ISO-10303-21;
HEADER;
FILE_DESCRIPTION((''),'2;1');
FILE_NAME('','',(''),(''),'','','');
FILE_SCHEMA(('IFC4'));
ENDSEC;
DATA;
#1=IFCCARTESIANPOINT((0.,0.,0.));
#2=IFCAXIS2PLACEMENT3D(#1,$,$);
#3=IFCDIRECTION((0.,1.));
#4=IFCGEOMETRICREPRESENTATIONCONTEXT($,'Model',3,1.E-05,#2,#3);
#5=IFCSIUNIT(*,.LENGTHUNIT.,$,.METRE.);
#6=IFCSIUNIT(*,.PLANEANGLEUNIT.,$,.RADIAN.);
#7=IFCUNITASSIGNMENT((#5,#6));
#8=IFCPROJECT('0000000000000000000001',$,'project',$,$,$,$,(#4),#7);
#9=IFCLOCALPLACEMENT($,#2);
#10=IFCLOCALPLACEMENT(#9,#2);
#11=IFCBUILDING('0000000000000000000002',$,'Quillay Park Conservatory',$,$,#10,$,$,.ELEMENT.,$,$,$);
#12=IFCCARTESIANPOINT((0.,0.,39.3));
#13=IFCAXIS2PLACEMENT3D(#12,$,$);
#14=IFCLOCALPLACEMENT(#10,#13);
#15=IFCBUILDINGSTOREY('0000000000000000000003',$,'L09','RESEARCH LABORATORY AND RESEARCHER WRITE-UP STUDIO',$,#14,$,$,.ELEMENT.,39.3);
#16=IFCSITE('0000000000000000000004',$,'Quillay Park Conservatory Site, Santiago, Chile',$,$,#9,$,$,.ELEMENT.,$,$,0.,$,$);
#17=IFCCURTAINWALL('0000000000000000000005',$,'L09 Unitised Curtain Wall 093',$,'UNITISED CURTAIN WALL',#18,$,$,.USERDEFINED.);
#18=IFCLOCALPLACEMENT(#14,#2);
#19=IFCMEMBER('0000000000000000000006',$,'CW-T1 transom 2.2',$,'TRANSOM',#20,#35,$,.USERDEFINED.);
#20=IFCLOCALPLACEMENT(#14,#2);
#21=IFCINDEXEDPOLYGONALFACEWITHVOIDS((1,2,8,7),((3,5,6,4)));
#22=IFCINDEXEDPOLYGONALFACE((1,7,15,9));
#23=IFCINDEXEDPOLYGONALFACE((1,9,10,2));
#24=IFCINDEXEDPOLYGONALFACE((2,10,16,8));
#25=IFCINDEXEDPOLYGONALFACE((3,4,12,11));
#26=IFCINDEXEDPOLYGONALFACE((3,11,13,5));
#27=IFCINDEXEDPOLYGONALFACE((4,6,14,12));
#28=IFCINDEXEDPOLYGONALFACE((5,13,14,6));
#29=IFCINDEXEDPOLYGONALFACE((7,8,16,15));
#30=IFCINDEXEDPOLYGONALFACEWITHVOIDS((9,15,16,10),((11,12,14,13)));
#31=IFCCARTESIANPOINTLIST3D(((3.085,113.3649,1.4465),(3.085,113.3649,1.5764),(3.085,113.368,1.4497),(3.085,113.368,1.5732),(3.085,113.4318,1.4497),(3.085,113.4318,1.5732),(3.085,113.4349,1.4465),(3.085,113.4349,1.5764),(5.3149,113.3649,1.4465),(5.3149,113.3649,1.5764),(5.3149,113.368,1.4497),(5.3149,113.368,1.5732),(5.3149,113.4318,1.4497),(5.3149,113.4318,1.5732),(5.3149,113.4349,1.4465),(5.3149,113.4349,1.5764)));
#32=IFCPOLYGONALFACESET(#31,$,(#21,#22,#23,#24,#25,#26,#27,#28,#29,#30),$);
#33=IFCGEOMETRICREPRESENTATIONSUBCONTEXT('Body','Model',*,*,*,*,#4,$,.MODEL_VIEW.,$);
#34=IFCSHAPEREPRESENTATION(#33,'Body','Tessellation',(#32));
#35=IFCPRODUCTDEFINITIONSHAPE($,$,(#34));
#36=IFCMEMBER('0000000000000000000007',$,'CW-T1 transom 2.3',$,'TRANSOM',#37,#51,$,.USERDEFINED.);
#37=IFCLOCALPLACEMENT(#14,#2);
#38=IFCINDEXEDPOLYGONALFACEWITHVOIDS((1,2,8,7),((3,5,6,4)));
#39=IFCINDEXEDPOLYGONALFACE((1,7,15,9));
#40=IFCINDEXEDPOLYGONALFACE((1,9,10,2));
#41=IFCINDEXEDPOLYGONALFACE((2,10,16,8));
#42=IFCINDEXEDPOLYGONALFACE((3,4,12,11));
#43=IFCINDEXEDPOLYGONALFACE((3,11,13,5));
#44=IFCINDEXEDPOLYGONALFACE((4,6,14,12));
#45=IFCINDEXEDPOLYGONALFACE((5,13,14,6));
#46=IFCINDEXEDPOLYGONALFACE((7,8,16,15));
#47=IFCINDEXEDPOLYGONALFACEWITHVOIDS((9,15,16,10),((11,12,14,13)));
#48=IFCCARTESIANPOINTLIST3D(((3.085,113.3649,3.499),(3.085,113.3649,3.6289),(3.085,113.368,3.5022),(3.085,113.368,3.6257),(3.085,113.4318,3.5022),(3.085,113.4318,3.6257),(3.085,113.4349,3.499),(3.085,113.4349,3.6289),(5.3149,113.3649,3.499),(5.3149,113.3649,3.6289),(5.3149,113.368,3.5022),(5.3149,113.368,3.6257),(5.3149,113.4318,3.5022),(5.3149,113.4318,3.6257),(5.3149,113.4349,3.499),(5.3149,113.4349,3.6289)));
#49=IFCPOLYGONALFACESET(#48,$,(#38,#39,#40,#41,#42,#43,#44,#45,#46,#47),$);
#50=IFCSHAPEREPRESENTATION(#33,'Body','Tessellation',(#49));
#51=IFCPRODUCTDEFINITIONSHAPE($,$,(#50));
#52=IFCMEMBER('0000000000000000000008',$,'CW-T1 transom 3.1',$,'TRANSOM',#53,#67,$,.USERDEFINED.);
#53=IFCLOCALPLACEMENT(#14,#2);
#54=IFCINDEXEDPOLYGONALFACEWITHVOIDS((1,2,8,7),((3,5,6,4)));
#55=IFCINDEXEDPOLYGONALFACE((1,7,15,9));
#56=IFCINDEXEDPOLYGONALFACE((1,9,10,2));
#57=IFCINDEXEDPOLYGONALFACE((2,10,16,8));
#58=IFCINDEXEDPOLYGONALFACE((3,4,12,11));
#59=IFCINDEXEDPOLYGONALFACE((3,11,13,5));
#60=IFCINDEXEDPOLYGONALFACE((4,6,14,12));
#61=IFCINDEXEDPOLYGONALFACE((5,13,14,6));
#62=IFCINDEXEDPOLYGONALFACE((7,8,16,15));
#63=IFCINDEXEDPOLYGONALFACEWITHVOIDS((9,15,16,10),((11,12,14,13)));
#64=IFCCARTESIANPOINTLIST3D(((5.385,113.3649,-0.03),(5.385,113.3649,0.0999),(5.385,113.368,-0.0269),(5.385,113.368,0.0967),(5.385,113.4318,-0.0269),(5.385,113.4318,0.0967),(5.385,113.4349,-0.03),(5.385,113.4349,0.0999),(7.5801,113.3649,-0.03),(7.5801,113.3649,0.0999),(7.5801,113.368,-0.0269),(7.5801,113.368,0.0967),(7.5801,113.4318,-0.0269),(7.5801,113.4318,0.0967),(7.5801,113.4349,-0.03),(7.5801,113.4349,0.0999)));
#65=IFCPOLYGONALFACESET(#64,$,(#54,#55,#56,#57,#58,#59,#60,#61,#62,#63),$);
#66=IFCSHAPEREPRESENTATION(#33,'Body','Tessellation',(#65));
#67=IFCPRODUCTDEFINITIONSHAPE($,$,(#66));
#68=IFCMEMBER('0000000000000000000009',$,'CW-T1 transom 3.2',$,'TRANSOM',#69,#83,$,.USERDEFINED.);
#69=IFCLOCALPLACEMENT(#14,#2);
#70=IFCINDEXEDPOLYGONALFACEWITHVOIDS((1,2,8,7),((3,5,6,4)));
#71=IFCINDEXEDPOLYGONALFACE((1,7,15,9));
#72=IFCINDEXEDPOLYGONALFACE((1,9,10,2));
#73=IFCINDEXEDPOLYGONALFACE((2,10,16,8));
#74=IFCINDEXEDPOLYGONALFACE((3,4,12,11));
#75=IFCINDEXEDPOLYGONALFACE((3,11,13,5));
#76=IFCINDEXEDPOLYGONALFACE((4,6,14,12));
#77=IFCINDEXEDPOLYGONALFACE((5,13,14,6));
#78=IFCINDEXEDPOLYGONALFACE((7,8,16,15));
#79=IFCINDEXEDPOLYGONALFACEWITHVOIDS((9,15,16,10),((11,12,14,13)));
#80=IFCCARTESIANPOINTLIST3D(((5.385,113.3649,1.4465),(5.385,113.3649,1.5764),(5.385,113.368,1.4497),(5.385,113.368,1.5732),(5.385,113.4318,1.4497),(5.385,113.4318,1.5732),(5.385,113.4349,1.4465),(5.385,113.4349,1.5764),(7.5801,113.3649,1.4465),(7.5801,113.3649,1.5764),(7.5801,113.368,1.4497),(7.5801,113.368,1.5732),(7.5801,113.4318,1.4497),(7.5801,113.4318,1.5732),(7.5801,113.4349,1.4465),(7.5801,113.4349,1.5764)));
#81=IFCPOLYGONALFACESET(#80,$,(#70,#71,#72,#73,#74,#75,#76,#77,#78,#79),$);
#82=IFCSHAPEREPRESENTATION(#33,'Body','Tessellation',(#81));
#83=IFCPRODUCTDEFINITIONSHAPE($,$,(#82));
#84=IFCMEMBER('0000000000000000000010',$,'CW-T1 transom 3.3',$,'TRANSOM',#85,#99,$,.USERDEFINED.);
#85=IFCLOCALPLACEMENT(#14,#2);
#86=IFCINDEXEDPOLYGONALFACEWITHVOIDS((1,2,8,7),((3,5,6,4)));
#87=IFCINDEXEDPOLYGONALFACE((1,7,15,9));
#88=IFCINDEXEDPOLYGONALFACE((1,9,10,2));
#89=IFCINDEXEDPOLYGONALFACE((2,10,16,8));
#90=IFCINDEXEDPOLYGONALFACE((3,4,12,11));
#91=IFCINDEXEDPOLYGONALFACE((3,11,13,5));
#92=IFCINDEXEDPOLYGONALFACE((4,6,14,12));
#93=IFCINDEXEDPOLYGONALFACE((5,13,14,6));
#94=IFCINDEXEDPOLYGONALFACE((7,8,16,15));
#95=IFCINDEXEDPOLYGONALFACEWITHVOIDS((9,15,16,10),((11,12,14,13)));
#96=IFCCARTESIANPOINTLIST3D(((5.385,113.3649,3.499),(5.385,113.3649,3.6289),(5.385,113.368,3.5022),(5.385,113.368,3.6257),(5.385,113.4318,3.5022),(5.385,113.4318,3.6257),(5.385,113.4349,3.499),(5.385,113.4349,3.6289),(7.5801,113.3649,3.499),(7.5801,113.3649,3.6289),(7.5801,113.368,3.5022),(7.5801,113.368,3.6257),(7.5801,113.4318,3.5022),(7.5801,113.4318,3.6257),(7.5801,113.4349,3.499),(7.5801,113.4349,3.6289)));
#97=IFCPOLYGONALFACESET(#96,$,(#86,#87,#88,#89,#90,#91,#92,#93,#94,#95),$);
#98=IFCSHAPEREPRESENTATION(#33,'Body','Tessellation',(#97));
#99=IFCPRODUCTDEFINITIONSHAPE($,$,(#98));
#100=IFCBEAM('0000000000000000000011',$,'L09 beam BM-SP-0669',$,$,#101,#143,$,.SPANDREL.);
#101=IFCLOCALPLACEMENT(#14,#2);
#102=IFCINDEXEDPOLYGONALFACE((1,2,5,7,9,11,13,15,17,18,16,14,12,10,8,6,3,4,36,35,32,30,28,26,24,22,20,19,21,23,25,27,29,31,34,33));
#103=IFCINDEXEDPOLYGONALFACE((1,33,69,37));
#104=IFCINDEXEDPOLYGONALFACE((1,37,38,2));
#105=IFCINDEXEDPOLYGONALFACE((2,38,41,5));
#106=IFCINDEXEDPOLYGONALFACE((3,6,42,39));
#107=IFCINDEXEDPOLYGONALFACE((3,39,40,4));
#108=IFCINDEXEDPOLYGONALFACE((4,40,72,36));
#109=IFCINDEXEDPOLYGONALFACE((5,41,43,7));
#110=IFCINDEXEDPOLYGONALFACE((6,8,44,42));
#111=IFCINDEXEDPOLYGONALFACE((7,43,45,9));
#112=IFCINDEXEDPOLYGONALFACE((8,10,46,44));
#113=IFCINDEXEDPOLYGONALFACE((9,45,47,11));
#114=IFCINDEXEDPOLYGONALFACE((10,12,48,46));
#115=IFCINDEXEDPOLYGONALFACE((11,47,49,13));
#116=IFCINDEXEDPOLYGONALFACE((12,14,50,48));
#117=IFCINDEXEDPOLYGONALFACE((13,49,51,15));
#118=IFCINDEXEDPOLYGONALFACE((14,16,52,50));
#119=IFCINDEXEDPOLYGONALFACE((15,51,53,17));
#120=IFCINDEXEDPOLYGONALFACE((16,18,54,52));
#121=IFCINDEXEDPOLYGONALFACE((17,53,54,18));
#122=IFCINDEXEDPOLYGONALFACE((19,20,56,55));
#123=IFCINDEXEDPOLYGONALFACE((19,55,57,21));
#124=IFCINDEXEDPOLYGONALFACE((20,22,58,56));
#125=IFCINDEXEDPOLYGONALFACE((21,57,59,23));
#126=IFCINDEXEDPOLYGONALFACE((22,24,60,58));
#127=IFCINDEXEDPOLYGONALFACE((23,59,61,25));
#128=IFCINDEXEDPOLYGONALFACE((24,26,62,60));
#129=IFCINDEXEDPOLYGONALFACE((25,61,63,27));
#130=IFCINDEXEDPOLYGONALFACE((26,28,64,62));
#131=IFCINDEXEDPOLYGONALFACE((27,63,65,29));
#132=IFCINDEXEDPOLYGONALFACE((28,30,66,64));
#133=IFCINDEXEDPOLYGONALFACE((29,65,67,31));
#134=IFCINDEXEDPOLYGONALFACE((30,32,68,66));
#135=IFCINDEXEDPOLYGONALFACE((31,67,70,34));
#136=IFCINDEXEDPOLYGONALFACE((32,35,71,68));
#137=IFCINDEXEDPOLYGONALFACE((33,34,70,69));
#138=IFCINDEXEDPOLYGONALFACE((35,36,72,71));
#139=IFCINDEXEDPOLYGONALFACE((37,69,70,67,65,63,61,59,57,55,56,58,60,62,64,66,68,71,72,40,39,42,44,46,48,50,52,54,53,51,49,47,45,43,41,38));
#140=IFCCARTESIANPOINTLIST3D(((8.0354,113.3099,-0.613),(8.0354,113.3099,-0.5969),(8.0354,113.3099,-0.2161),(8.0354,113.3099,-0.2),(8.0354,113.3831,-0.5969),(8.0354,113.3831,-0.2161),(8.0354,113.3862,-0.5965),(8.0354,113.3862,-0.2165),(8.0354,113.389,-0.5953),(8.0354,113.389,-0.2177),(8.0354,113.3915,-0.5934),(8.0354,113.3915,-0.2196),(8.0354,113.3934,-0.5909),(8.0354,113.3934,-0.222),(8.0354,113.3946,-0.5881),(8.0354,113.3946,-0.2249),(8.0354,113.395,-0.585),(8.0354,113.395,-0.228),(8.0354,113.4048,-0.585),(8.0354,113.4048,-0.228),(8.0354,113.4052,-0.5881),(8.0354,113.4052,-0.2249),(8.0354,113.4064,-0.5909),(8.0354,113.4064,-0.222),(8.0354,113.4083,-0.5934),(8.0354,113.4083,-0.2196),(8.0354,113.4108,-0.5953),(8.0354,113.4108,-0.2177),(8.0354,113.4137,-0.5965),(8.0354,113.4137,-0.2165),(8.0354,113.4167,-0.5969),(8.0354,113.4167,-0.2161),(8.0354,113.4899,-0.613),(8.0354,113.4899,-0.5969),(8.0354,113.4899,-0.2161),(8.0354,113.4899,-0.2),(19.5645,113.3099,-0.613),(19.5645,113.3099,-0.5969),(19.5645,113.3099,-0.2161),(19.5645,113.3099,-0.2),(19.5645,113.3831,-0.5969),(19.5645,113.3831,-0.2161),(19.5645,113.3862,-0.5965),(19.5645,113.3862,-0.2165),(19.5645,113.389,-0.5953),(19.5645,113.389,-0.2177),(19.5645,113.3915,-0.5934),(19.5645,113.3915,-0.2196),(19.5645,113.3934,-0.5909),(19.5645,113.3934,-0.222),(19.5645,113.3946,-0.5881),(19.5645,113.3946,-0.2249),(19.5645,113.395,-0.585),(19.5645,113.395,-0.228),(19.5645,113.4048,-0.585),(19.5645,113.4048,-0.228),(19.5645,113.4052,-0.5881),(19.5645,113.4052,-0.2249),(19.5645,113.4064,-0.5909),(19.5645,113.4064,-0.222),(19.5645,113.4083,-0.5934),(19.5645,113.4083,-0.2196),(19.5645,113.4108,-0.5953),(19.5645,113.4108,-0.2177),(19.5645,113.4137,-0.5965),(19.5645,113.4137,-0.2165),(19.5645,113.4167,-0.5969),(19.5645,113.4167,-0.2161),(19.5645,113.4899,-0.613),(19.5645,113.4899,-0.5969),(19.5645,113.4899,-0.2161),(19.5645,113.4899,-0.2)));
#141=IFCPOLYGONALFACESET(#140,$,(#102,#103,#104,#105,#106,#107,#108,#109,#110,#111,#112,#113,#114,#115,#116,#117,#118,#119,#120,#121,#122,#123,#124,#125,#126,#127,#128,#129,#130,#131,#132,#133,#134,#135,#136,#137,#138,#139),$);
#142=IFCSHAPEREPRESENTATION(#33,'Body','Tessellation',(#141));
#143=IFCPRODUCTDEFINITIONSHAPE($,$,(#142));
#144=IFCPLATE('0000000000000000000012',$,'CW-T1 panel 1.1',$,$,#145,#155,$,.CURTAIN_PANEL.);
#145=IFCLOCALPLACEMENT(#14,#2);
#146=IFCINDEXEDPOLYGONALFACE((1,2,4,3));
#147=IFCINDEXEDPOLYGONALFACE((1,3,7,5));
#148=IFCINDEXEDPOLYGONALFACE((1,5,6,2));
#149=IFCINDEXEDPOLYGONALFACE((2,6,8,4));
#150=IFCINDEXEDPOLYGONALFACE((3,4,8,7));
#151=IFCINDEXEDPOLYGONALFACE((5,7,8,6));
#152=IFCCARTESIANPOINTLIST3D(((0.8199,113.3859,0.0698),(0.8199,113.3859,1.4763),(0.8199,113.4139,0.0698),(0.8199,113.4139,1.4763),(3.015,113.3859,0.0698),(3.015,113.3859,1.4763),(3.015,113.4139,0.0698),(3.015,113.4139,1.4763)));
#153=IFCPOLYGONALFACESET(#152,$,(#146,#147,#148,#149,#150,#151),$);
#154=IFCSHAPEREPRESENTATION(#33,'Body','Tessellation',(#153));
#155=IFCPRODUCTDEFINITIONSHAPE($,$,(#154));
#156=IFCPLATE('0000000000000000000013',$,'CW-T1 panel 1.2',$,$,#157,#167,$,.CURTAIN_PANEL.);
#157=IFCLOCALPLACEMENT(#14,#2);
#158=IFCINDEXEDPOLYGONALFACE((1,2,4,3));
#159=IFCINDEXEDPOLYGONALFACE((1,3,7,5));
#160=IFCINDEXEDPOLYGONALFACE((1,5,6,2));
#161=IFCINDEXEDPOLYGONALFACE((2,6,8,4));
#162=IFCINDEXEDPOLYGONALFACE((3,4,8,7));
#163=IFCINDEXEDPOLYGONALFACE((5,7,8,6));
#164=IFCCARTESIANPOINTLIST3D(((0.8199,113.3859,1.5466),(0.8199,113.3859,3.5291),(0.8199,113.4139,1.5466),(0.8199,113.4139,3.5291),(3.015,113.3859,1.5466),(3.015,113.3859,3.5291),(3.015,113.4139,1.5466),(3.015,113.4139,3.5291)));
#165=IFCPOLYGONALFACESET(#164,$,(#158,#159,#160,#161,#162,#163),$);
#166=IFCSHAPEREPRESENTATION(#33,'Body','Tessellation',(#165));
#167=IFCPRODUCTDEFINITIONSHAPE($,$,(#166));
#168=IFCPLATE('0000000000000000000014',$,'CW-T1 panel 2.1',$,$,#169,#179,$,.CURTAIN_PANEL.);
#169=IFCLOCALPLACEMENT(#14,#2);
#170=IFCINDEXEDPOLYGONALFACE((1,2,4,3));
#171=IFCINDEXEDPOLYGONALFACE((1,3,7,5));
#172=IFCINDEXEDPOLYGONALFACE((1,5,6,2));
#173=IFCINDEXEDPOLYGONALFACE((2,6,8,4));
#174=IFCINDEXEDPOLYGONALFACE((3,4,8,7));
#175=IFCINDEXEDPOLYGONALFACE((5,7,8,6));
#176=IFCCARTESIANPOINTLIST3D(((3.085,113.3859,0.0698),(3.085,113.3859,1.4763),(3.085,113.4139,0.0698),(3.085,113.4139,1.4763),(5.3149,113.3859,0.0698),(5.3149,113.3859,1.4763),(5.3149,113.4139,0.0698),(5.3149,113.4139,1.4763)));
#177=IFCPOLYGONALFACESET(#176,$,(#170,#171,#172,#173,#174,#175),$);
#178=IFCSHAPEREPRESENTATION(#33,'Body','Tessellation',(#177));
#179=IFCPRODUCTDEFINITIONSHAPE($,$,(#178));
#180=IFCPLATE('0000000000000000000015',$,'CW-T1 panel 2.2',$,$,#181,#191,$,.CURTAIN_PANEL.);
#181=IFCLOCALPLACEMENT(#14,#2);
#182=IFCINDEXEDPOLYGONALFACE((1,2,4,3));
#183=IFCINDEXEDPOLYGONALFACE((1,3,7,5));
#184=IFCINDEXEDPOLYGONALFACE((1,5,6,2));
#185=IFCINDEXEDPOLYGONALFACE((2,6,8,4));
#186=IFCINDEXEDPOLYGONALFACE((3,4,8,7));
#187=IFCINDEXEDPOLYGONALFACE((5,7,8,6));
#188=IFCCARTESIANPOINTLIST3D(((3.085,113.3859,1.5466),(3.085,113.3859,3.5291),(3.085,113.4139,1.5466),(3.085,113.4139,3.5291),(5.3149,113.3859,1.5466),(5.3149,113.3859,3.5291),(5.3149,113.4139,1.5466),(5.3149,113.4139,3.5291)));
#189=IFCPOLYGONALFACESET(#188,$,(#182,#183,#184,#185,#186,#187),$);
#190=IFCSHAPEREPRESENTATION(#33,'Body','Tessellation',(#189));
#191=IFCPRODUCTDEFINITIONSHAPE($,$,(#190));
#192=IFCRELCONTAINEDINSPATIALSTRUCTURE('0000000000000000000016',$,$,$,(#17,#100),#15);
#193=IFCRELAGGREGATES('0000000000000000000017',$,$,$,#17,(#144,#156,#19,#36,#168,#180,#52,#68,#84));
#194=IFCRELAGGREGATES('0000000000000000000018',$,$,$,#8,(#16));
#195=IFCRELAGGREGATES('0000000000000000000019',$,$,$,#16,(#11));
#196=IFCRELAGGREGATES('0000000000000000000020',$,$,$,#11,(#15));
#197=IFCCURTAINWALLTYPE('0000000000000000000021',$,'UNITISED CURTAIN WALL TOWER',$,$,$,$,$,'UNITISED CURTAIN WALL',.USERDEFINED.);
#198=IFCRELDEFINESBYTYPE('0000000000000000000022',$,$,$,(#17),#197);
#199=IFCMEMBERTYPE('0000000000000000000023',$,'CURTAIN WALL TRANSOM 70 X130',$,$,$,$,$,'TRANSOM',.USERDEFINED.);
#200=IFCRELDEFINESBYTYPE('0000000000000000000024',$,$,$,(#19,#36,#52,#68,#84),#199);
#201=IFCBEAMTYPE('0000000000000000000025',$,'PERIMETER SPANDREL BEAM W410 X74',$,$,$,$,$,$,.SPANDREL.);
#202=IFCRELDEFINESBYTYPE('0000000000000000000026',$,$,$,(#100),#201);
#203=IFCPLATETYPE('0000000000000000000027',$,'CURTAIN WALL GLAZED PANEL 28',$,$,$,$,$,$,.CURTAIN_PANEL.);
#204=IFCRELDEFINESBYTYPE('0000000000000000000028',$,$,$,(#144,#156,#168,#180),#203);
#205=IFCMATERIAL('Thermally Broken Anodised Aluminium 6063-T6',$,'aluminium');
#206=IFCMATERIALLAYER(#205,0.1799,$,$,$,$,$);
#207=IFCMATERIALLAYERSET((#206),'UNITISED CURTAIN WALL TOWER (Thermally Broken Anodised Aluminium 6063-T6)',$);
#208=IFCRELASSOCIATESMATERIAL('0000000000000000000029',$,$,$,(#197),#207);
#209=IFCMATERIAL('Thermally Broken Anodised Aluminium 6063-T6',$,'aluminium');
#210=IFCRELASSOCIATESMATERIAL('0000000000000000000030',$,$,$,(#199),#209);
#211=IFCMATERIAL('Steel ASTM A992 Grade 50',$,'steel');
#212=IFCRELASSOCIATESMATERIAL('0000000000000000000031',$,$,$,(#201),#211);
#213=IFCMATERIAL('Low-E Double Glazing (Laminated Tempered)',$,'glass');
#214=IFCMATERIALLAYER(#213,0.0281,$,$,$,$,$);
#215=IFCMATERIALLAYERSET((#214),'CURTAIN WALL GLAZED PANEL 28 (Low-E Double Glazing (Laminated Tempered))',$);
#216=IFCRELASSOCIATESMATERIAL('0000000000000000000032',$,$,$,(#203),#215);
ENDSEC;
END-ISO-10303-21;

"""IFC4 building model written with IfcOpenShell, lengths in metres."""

from ifc_helpers import new_model, si_unit, direction, frame, origin, origin_2d, place, context, subcontext, project, spatial, rectangle, hollow_rectangle, i_section, extrude, material, layer, layer_set, material_profile, profile_set, type_object, element, aggregate, save


model = new_model("IFC4")

# Units and contexts
model_context = context("Model", 3, precision=1e-05, world=origin(), true_north=direction((0.0, 1.0)))
body_context = subcontext(model_context, "Body", "Model", "MODEL_VIEW")
ifc_project = project(units=[si_unit("LENGTHUNIT", "METRE"), si_unit("PLANEANGLEUNIT", "RADIAN")], contexts=[model_context])

# Site, building, storey
site_placement = place(None, origin())
site = spatial("IfcSite", under=ifc_project, at=site_placement, Name="Quillay Park Conservatory Site, Santiago, Chile", CompositionType="ELEMENT", RefElevation=0.0)
building_placement = place(site_placement, origin())
building = spatial("IfcBuilding", under=site, at=building_placement, Name="Quillay Park Conservatory", CompositionType="ELEMENT")
storey_placement = place(building_placement, frame((0.0, 0.0, 39.3)))
storey = spatial("IfcBuildingStorey", under=building, at=storey_placement, Name="L09", Description="RESEARCH LABORATORY AND RESEARCHER WRITE-UP STUDIO", CompositionType="ELEMENT", Elevation=39.3)

# Curtain wall, members
ifc_material_1 = material(Name="Thermally Broken Anodised Aluminium 6063-T6", Category="aluminium")
ifc_layer_1 = layer(ifc_material_1, 0.1799)
ifc_layer_set_1 = layer_set([ifc_layer_1], Name="UNITISED CURTAIN WALL TOWER (Thermally Broken Anodised Aluminium 6063-T6)")
curtain_wall_type = type_object("IfcCurtainWallType", Name="UNITISED CURTAIN WALL TOWER", ElementType="UNITISED CURTAIN WALL", PredefinedType="USERDEFINED", material=ifc_layer_set_1)
curtain_wall_placement = place(storey_placement, origin())
curtain_wall = element("IfcCurtainWall", 1, at=curtain_wall_placement, inside=storey, type_object=curtain_wall_type, Name="L09 Unitised Curtain Wall 093", ObjectType="UNITISED CURTAIN WALL", PredefinedType="USERDEFINED")
ifc_material_2 = material(Name="Thermally Broken Anodised Aluminium 6063-T6", Category="aluminium")
ifc_material_profile_1 = material_profile(ifc_material_2, hollow_rectangle(XDim=0.0701, YDim=0.1299, WallThickness=0.0032, at=origin_2d()), Name="AL70x130x3.2")
ifc_profile_set_1 = profile_set([ifc_material_profile_1], Name="Thermally Broken Anodised Aluminium 6063-T6")
member_type_1 = type_object("IfcMemberType", Name="CURTAIN WALL TRANSOM 70 X130", ElementType="TRANSOM", PredefinedType="USERDEFINED", material=ifc_profile_set_1)
member_1_placement = place(storey_placement, frame((3.085, 113.3999, 1.5115), z_axis=(1.0, 0.0, 0.0), x_axis=(0.0, 1.0, 0.0)))
member_1 = element("IfcMember", 2, at=member_1_placement, type_object=member_type_1, Name="CW-T1 transom 2.2", ObjectType="TRANSOM", PredefinedType="USERDEFINED", context=body_context, shape_type="SweptSolid", body=[
    extrude(hollow_rectangle(XDim=0.0701, YDim=0.1299, WallThickness=0.0032, at=origin_2d()), origin(), (0.0, 0.0, 1.0), 2.23),
])
member_2_placement = place(storey_placement, frame((3.085, 113.3999, 3.564), z_axis=(1.0, 0.0, 0.0), x_axis=(0.0, 1.0, 0.0)))
member_2 = element("IfcMember", 3, at=member_2_placement, type_object=member_type_1, Name="CW-T1 transom 2.3", ObjectType="TRANSOM", PredefinedType="USERDEFINED", context=body_context, shape_type="SweptSolid", body=[
    extrude(hollow_rectangle(XDim=0.0701, YDim=0.1299, WallThickness=0.0032, at=origin_2d()), origin(), (0.0, 0.0, 1.0), 2.23),
])
member_3_placement = place(storey_placement, frame((5.385, 113.3999, 0.0349), z_axis=(1.0, 0.0, 0.0), x_axis=(0.0, 1.0, 0.0)))
member_3 = element("IfcMember", 4, at=member_3_placement, type_object=member_type_1, Name="CW-T1 transom 3.1", ObjectType="TRANSOM", PredefinedType="USERDEFINED", context=body_context, shape_type="SweptSolid", body=[
    extrude(hollow_rectangle(XDim=0.0701, YDim=0.1299, WallThickness=0.0032, at=origin_2d()), origin(), (0.0, 0.0, 1.0), 2.1951),
])
member_4_placement = place(storey_placement, frame((5.385, 113.3999, 1.5115), z_axis=(1.0, 0.0, 0.0), x_axis=(0.0, 1.0, 0.0)))
member_4 = element("IfcMember", 5, at=member_4_placement, type_object=member_type_1, Name="CW-T1 transom 3.2", ObjectType="TRANSOM", PredefinedType="USERDEFINED", context=body_context, shape_type="SweptSolid", body=[
    extrude(hollow_rectangle(XDim=0.0701, YDim=0.1299, WallThickness=0.0032, at=origin_2d()), origin(), (0.0, 0.0, 1.0), 2.1951),
])
member_5_placement = place(storey_placement, frame((5.385, 113.3999, 3.564), z_axis=(1.0, 0.0, 0.0), x_axis=(0.0, 1.0, 0.0)))
member_5 = element("IfcMember", 6, at=member_5_placement, type_object=member_type_1, Name="CW-T1 transom 3.3", ObjectType="TRANSOM", PredefinedType="USERDEFINED", context=body_context, shape_type="SweptSolid", body=[
    extrude(hollow_rectangle(XDim=0.0701, YDim=0.1299, WallThickness=0.0032, at=origin_2d()), origin(), (0.0, 0.0, 1.0), 2.1951),
])

# Beam
ifc_material_3 = material(Name="Steel ASTM A992 Grade 50", Category="steel")
ifc_material_profile_2 = material_profile(ifc_material_3, i_section(OverallWidth=0.1799, OverallDepth=0.4131, WebThickness=0.0098, FlangeThickness=0.0161, FilletRadius=0.012, at=origin_2d()), Name="W410x74")
ifc_profile_set_2 = profile_set([ifc_material_profile_2], Name="Steel ASTM A992 Grade 50")
beam_type = type_object("IfcBeamType", Name="PERIMETER SPANDREL BEAM W410 X74", PredefinedType="SPANDREL", material=ifc_profile_set_2)
beam_placement = place(storey_placement, frame((8.0354, 113.3999, -0.4065), z_axis=(1.0, 0.0, 0.0), x_axis=(0.0, 1.0, 0.0)))
element("IfcBeam", 7, at=beam_placement, inside=storey, type_object=beam_type, Name="L09 beam BM-SP-0669", PredefinedType="SPANDREL", context=body_context, shape_type="SweptSolid", body=[
    extrude(i_section(OverallWidth=0.1799, OverallDepth=0.4131, WebThickness=0.0098, FlangeThickness=0.0161, FilletRadius=0.012, at=origin_2d()), origin(), (0.0, 0.0, 1.0), 11.5291),
])

# Plates
ifc_material_4 = material(Name="Low-E Double Glazing (Laminated Tempered)", Category="glass")
ifc_layer_2 = layer(ifc_material_4, 0.0281)
ifc_layer_set_2 = layer_set([ifc_layer_2], Name="CURTAIN WALL GLAZED PANEL 28 (Low-E Double Glazing (Laminated Tempered))")
plate_type = type_object("IfcPlateType", Name="CURTAIN WALL GLAZED PANEL 28", PredefinedType="CURTAIN_PANEL", material=ifc_layer_set_2)
plate_1_placement = place(storey_placement, frame((1.9175, 113.3999, 0.0698), z_axis=(0.0, 0.0, 1.0), x_axis=(1.0, 0.0, 0.0)))
plate_1 = element("IfcPlate", 8, at=plate_1_placement, type_object=plate_type, Name="CW-T1 panel 1.1", PredefinedType="CURTAIN_PANEL", context=body_context, shape_type="SweptSolid", body=[
    extrude(rectangle(XDim=2.1951, YDim=0.0281, at=origin_2d()), origin(), (0.0, 0.0, 1.0), 1.4065),
])
plate_2_placement = place(storey_placement, frame((1.9175, 113.3999, 1.5466), z_axis=(0.0, 0.0, 1.0), x_axis=(1.0, 0.0, 0.0)))
plate_2 = element("IfcPlate", 9, at=plate_2_placement, type_object=plate_type, Name="CW-T1 panel 1.2", PredefinedType="CURTAIN_PANEL", context=body_context, shape_type="SweptSolid", body=[
    extrude(rectangle(XDim=2.1951, YDim=0.0281, at=origin_2d()), origin(), (0.0, 0.0, 1.0), 1.9824),
])
plate_3_placement = place(storey_placement, frame((4.2, 113.3999, 0.0698), z_axis=(0.0, 0.0, 1.0), x_axis=(1.0, 0.0, 0.0)))
plate_3 = element("IfcPlate", 10, at=plate_3_placement, type_object=plate_type, Name="CW-T1 panel 2.1", PredefinedType="CURTAIN_PANEL", context=body_context, shape_type="SweptSolid", body=[
    extrude(rectangle(XDim=2.23, YDim=0.0281, at=origin_2d()), origin(), (0.0, 0.0, 1.0), 1.4065),
])
plate_4_placement = place(storey_placement, frame((4.2, 113.3999, 1.5466), z_axis=(0.0, 0.0, 1.0), x_axis=(1.0, 0.0, 0.0)))
plate_4 = element("IfcPlate", 11, at=plate_4_placement, type_object=plate_type, Name="CW-T1 panel 2.2", PredefinedType="CURTAIN_PANEL", context=body_context, shape_type="SweptSolid", body=[
    extrude(rectangle(XDim=2.23, YDim=0.0281, at=origin_2d()), origin(), (0.0, 0.0, 1.0), 1.9824),
])
aggregate(curtain_wall, [plate_1, plate_2, member_1, member_2, plate_3, plate_4, member_3, member_4, member_5])

save(model, "model.ifc")
